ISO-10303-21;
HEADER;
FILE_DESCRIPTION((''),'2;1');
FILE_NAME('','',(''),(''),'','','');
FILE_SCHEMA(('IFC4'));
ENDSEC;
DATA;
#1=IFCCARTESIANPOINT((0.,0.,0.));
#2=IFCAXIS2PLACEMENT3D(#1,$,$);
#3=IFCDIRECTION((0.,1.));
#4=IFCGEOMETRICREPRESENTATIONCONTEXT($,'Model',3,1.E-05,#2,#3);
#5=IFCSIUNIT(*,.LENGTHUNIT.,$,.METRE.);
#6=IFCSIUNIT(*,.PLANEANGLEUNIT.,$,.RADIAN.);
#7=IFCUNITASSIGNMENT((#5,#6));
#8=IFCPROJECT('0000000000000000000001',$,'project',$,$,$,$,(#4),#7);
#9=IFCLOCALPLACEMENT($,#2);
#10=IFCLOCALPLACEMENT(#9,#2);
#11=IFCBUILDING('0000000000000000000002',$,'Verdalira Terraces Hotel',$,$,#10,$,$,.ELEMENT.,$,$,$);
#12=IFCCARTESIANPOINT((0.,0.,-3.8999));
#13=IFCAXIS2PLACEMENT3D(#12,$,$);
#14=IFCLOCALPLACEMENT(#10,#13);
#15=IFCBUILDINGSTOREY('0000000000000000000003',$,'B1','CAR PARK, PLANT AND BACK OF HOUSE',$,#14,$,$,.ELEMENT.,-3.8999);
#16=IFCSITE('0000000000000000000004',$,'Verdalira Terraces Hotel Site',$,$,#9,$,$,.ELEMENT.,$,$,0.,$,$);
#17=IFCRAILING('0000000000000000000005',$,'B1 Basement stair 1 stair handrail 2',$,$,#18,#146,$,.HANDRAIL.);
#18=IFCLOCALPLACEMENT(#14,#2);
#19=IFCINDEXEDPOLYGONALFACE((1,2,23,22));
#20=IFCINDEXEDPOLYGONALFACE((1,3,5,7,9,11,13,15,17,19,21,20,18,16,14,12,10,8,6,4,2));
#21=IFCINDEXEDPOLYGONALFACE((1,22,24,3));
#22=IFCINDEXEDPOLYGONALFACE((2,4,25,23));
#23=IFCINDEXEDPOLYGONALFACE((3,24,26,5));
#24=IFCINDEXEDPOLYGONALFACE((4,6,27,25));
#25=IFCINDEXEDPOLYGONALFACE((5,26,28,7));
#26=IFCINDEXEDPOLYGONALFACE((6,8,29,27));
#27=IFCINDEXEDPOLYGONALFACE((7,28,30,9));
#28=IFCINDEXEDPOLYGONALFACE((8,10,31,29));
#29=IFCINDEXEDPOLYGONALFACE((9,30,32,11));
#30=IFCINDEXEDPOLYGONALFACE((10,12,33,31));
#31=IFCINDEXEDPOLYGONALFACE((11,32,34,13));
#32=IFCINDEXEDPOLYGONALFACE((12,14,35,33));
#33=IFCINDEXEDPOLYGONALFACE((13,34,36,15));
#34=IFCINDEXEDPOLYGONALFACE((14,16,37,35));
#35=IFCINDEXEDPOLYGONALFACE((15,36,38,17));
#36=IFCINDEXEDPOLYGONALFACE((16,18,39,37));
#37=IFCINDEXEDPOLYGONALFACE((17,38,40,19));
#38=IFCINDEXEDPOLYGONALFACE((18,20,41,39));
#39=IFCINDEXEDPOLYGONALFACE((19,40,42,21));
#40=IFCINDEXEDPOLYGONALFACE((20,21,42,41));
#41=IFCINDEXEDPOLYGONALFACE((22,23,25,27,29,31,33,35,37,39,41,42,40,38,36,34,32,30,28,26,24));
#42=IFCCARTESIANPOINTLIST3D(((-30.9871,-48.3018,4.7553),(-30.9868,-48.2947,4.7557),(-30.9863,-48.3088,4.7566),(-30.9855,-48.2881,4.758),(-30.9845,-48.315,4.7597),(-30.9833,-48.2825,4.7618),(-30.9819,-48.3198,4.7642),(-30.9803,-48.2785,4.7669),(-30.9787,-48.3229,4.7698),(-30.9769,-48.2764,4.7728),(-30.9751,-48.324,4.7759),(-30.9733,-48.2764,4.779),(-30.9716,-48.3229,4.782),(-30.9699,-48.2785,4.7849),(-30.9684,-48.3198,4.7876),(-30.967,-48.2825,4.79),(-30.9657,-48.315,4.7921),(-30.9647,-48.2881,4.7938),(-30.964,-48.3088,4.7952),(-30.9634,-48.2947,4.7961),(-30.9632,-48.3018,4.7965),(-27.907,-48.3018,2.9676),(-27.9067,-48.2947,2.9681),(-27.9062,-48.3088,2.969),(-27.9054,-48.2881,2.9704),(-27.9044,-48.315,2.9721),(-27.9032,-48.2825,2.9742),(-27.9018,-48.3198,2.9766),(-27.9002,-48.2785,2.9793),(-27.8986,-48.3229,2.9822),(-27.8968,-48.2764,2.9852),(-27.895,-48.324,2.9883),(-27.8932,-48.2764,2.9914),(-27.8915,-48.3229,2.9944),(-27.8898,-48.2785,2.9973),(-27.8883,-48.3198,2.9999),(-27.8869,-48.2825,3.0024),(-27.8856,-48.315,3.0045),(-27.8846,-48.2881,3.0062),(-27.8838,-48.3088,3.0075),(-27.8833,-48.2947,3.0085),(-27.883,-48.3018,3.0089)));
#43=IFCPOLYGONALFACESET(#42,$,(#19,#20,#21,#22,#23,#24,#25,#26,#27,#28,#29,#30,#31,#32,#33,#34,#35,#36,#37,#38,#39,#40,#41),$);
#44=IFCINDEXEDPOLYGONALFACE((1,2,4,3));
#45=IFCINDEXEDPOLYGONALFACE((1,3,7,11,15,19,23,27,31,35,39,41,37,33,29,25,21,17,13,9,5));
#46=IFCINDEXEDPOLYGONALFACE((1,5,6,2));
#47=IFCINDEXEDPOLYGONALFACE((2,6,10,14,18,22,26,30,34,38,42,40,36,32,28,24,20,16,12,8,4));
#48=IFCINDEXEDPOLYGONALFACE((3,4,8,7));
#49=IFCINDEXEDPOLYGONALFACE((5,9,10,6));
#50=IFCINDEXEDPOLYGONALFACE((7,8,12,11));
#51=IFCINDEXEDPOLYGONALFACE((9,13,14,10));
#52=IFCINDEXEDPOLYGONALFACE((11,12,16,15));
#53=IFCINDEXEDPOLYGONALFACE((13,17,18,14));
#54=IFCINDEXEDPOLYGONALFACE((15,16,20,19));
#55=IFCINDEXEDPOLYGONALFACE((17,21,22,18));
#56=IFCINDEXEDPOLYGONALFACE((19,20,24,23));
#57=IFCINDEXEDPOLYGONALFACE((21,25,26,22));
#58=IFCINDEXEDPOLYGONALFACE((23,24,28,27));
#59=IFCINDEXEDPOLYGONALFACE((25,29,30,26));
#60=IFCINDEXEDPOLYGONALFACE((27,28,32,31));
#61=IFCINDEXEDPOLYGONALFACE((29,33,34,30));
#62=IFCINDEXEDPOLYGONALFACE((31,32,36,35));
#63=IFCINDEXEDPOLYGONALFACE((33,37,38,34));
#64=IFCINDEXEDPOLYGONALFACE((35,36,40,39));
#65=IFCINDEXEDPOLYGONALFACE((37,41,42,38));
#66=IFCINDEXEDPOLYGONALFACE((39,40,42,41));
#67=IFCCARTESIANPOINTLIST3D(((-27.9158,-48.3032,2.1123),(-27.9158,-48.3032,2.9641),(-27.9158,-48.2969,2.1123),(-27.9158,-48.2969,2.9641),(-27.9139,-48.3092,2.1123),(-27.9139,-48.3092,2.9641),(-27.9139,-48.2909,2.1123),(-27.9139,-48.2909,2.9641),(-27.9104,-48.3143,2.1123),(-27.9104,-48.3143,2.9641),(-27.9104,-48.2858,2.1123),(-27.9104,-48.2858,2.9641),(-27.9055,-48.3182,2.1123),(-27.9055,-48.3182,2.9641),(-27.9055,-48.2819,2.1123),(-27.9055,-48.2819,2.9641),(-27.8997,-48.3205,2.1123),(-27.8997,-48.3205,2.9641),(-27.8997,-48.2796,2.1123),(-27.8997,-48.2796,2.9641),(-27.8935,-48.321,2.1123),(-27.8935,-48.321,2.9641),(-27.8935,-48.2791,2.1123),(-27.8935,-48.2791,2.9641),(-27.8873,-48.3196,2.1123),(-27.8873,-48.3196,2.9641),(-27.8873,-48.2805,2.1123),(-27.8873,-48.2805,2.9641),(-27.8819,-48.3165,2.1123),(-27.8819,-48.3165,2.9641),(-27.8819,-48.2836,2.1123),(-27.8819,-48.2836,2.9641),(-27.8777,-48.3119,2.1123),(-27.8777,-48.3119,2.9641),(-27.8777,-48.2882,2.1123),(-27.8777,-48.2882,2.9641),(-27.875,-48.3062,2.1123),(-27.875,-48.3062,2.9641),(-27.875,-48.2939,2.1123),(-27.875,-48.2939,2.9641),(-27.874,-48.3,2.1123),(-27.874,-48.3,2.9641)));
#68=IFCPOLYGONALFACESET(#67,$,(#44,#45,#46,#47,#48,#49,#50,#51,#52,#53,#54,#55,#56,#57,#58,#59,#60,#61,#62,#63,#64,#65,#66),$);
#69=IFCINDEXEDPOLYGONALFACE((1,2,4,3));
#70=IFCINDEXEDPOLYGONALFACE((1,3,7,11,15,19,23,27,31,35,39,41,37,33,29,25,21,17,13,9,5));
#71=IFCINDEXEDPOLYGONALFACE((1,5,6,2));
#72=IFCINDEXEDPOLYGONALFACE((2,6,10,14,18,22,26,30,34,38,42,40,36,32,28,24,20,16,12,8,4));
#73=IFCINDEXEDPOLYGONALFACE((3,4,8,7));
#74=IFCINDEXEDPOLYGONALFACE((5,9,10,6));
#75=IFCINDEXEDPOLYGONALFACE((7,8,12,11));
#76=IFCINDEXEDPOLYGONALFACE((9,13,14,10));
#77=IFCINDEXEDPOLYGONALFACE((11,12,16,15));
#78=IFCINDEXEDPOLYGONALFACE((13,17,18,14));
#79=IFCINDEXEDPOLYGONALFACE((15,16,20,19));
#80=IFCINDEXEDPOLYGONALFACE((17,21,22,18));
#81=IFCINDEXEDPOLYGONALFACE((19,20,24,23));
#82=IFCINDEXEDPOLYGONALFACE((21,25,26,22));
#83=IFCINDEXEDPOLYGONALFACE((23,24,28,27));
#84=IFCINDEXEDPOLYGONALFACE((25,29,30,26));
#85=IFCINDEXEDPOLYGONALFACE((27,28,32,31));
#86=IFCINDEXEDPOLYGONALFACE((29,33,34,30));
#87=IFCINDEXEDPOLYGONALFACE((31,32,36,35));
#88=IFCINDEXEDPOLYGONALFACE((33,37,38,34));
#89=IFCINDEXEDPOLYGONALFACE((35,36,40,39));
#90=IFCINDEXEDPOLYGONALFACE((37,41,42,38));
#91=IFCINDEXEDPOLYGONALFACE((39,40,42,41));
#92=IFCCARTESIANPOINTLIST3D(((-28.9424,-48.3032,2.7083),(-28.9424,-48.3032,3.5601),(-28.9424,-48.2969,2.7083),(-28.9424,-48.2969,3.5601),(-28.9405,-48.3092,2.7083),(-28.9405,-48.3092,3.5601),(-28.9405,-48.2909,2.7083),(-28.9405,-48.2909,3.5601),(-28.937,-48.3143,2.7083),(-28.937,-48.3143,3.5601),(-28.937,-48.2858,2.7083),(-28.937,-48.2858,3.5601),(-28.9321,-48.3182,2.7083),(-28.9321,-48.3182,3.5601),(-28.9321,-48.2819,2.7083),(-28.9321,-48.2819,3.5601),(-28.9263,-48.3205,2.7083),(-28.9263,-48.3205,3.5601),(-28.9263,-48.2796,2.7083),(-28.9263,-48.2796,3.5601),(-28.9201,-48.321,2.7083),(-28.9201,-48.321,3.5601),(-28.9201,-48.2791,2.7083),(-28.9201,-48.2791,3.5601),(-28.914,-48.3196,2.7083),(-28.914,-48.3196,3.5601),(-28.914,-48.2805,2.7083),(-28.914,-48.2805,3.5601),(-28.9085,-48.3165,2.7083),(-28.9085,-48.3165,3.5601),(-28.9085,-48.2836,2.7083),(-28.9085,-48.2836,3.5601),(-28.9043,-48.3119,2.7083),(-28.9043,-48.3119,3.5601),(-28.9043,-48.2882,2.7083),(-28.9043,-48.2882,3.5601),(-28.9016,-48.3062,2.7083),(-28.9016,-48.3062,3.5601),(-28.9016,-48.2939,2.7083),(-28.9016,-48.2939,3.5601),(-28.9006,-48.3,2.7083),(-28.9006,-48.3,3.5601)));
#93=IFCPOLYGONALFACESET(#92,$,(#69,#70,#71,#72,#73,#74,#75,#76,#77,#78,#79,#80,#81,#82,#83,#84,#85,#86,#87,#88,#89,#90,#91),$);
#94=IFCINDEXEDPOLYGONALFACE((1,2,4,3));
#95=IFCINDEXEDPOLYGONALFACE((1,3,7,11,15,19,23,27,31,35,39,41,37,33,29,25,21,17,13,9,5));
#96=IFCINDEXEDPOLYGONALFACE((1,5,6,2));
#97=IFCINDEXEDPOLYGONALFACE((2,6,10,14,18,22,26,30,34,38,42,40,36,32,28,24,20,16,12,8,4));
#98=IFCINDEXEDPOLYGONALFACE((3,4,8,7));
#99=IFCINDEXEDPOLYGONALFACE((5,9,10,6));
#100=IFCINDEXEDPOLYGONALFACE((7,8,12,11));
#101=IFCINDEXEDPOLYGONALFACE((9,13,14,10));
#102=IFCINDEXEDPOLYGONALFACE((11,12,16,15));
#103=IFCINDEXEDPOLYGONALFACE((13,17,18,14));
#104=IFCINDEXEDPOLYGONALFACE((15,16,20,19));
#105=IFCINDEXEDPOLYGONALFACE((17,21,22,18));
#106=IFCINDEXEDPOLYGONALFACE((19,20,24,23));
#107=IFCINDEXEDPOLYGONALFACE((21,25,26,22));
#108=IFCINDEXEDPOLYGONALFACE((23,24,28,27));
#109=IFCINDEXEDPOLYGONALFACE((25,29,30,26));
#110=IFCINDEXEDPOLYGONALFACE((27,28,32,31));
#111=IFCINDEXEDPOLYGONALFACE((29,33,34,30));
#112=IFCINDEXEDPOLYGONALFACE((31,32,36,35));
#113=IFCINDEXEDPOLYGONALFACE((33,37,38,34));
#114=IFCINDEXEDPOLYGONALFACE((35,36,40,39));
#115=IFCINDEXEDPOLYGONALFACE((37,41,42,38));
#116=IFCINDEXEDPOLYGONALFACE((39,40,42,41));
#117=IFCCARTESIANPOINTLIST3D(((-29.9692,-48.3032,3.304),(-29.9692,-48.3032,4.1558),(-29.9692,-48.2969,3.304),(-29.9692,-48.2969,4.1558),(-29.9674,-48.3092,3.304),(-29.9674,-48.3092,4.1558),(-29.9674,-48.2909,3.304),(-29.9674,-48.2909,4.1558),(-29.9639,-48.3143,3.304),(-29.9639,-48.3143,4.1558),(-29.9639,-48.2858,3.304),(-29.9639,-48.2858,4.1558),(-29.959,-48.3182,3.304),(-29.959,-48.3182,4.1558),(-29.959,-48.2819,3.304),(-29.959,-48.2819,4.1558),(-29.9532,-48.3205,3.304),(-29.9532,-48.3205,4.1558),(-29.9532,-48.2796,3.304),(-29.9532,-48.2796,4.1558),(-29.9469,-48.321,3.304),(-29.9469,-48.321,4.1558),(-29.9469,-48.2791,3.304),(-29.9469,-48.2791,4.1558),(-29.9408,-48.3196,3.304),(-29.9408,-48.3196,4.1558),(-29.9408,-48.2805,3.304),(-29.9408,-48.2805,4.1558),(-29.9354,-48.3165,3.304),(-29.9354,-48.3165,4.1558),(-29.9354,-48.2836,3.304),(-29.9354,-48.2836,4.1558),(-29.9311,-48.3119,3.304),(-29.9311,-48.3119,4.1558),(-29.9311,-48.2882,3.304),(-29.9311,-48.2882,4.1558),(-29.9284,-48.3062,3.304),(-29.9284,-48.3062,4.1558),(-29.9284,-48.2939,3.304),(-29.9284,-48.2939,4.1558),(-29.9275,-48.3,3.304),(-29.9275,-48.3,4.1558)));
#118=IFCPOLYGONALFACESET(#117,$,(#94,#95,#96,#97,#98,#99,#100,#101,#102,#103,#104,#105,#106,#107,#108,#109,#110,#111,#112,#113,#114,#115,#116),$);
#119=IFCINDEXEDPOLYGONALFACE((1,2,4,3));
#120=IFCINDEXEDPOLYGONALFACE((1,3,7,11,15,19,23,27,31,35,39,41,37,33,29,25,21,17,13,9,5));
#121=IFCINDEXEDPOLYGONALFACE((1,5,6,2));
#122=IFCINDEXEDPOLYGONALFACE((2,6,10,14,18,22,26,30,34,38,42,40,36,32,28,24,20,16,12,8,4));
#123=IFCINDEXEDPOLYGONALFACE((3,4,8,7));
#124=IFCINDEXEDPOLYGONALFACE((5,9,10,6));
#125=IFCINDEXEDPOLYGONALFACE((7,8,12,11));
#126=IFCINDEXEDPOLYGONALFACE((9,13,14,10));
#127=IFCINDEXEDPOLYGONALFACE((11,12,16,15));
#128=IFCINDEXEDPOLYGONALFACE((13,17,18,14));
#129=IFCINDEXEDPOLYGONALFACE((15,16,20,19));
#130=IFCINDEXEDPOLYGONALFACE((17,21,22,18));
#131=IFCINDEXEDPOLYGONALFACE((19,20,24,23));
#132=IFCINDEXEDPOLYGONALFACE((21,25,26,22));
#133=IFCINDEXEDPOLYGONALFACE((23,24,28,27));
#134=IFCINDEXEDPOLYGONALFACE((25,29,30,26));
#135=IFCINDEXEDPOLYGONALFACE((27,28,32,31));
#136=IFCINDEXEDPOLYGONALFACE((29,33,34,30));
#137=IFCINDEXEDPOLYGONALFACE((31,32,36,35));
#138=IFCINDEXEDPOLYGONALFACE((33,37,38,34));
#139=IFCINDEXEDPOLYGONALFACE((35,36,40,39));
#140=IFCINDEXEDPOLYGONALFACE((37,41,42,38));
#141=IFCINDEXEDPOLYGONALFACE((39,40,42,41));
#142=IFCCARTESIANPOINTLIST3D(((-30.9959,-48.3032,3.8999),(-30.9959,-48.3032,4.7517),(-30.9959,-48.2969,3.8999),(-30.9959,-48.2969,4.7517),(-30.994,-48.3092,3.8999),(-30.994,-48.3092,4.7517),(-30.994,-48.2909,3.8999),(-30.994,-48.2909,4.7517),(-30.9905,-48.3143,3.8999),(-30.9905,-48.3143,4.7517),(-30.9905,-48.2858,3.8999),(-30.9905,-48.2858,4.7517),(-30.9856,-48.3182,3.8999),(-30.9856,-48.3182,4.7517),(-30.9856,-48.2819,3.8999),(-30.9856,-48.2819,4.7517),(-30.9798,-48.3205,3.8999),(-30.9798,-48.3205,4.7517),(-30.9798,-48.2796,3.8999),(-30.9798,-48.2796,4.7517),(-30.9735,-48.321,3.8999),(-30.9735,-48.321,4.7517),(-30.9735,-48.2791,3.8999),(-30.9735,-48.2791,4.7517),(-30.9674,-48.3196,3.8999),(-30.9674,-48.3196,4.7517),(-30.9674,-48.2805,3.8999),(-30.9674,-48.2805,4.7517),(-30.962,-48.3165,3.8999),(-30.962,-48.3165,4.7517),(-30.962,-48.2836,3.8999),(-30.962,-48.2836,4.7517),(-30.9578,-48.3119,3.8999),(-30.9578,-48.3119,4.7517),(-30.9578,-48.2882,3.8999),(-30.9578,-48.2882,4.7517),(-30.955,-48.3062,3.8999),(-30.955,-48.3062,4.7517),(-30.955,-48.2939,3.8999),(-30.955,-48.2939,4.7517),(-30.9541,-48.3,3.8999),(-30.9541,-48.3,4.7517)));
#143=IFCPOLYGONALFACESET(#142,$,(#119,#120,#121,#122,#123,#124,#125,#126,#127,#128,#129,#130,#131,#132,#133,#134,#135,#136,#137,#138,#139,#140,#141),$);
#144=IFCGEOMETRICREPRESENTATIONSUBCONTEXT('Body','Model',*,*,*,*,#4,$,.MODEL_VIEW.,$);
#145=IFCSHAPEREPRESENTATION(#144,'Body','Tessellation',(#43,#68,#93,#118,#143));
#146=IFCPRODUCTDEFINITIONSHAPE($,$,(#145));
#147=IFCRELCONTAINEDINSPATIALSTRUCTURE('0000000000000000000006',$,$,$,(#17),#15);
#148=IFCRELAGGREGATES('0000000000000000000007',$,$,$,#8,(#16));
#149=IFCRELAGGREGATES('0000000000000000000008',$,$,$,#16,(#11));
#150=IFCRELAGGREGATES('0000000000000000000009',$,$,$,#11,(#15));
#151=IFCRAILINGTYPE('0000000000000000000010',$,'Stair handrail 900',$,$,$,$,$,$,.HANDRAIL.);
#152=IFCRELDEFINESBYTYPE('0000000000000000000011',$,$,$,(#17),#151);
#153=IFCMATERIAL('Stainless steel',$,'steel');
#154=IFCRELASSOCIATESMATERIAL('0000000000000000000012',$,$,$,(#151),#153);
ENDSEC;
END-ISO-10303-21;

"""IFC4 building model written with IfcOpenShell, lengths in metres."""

from ifc_helpers import new_model, si_unit, direction, frame, origin, origin_2d, place, context, subcontext, project, spatial, circle, extrude, material, type_object, element, save


model = new_model("IFC4")

# Units and contexts
model_context = context("Model", 3, precision=1e-05, world=origin(), true_north=direction((0.0, 1.0)))
body_context = subcontext(model_context, "Body", "Model", "MODEL_VIEW")
ifc_project = project(units=[si_unit("LENGTHUNIT", "METRE"), si_unit("PLANEANGLEUNIT", "RADIAN")], contexts=[model_context])

# Site, building, storey
site_placement = place(None, origin())
site = spatial("IfcSite", under=ifc_project, at=site_placement, Name="Verdalira Terraces Hotel Site", CompositionType="ELEMENT", RefElevation=0.0)
building_placement = place(site_placement, origin())
building = spatial("IfcBuilding", under=site, at=building_placement, Name="Verdalira Terraces Hotel", CompositionType="ELEMENT")
storey_placement = place(building_placement, frame((0.0, 0.0, -3.8999)))
storey = spatial("IfcBuildingStorey", under=building, at=storey_placement, Name="B1", Description="CAR PARK, PLANT AND BACK OF HOUSE", CompositionType="ELEMENT", Elevation=-3.8999)

# Railing
ifc_material_1 = material(Name="Stainless steel", Category="steel")
railing_type_1 = type_object("IfcRailingType", Name="Stair handrail 900", PredefinedType="HANDRAIL", material=ifc_material_1)
railing_1_placement = place(storey_placement, frame((-27.895, -48.3, 2.1123)))
element("IfcRailing", 1, at=railing_1_placement, inside=storey, type_object=railing_type_1, Name="B1 Basement stair 1 stair handrail 2", PredefinedType="HANDRAIL", context=body_context, shape_type="SweptSolid", body=[
    extrude(circle(Radius=0.0239, at=origin_2d()), frame((0.0, 0.0, 0.876), z_axis=(-0.864891, 0.0, 0.50196), x_axis=(0.0, -1.0, 0.0)), (0.0, 0.0, 1.0), 3.5613),
    extrude(circle(Radius=0.021, at=origin_2d()), origin(), (0.0, 0.0, 1.0), 0.8518),
    extrude(circle(Radius=0.021, at=origin_2d()), frame((-1.0266, 0.0, 0.5959)), (0.0, 0.0, 1.0), 0.8518),
    extrude(circle(Radius=0.021, at=origin_2d()), frame((-2.0535, 0.0, 1.1917)), (0.0, 0.0, 1.0), 0.8518),
    extrude(circle(Radius=0.021, at=origin_2d()), frame((-3.0801, 0.0, 1.7876)), (0.0, 0.0, 1.0), 0.8518),
])

save(model, "model.ifc")
